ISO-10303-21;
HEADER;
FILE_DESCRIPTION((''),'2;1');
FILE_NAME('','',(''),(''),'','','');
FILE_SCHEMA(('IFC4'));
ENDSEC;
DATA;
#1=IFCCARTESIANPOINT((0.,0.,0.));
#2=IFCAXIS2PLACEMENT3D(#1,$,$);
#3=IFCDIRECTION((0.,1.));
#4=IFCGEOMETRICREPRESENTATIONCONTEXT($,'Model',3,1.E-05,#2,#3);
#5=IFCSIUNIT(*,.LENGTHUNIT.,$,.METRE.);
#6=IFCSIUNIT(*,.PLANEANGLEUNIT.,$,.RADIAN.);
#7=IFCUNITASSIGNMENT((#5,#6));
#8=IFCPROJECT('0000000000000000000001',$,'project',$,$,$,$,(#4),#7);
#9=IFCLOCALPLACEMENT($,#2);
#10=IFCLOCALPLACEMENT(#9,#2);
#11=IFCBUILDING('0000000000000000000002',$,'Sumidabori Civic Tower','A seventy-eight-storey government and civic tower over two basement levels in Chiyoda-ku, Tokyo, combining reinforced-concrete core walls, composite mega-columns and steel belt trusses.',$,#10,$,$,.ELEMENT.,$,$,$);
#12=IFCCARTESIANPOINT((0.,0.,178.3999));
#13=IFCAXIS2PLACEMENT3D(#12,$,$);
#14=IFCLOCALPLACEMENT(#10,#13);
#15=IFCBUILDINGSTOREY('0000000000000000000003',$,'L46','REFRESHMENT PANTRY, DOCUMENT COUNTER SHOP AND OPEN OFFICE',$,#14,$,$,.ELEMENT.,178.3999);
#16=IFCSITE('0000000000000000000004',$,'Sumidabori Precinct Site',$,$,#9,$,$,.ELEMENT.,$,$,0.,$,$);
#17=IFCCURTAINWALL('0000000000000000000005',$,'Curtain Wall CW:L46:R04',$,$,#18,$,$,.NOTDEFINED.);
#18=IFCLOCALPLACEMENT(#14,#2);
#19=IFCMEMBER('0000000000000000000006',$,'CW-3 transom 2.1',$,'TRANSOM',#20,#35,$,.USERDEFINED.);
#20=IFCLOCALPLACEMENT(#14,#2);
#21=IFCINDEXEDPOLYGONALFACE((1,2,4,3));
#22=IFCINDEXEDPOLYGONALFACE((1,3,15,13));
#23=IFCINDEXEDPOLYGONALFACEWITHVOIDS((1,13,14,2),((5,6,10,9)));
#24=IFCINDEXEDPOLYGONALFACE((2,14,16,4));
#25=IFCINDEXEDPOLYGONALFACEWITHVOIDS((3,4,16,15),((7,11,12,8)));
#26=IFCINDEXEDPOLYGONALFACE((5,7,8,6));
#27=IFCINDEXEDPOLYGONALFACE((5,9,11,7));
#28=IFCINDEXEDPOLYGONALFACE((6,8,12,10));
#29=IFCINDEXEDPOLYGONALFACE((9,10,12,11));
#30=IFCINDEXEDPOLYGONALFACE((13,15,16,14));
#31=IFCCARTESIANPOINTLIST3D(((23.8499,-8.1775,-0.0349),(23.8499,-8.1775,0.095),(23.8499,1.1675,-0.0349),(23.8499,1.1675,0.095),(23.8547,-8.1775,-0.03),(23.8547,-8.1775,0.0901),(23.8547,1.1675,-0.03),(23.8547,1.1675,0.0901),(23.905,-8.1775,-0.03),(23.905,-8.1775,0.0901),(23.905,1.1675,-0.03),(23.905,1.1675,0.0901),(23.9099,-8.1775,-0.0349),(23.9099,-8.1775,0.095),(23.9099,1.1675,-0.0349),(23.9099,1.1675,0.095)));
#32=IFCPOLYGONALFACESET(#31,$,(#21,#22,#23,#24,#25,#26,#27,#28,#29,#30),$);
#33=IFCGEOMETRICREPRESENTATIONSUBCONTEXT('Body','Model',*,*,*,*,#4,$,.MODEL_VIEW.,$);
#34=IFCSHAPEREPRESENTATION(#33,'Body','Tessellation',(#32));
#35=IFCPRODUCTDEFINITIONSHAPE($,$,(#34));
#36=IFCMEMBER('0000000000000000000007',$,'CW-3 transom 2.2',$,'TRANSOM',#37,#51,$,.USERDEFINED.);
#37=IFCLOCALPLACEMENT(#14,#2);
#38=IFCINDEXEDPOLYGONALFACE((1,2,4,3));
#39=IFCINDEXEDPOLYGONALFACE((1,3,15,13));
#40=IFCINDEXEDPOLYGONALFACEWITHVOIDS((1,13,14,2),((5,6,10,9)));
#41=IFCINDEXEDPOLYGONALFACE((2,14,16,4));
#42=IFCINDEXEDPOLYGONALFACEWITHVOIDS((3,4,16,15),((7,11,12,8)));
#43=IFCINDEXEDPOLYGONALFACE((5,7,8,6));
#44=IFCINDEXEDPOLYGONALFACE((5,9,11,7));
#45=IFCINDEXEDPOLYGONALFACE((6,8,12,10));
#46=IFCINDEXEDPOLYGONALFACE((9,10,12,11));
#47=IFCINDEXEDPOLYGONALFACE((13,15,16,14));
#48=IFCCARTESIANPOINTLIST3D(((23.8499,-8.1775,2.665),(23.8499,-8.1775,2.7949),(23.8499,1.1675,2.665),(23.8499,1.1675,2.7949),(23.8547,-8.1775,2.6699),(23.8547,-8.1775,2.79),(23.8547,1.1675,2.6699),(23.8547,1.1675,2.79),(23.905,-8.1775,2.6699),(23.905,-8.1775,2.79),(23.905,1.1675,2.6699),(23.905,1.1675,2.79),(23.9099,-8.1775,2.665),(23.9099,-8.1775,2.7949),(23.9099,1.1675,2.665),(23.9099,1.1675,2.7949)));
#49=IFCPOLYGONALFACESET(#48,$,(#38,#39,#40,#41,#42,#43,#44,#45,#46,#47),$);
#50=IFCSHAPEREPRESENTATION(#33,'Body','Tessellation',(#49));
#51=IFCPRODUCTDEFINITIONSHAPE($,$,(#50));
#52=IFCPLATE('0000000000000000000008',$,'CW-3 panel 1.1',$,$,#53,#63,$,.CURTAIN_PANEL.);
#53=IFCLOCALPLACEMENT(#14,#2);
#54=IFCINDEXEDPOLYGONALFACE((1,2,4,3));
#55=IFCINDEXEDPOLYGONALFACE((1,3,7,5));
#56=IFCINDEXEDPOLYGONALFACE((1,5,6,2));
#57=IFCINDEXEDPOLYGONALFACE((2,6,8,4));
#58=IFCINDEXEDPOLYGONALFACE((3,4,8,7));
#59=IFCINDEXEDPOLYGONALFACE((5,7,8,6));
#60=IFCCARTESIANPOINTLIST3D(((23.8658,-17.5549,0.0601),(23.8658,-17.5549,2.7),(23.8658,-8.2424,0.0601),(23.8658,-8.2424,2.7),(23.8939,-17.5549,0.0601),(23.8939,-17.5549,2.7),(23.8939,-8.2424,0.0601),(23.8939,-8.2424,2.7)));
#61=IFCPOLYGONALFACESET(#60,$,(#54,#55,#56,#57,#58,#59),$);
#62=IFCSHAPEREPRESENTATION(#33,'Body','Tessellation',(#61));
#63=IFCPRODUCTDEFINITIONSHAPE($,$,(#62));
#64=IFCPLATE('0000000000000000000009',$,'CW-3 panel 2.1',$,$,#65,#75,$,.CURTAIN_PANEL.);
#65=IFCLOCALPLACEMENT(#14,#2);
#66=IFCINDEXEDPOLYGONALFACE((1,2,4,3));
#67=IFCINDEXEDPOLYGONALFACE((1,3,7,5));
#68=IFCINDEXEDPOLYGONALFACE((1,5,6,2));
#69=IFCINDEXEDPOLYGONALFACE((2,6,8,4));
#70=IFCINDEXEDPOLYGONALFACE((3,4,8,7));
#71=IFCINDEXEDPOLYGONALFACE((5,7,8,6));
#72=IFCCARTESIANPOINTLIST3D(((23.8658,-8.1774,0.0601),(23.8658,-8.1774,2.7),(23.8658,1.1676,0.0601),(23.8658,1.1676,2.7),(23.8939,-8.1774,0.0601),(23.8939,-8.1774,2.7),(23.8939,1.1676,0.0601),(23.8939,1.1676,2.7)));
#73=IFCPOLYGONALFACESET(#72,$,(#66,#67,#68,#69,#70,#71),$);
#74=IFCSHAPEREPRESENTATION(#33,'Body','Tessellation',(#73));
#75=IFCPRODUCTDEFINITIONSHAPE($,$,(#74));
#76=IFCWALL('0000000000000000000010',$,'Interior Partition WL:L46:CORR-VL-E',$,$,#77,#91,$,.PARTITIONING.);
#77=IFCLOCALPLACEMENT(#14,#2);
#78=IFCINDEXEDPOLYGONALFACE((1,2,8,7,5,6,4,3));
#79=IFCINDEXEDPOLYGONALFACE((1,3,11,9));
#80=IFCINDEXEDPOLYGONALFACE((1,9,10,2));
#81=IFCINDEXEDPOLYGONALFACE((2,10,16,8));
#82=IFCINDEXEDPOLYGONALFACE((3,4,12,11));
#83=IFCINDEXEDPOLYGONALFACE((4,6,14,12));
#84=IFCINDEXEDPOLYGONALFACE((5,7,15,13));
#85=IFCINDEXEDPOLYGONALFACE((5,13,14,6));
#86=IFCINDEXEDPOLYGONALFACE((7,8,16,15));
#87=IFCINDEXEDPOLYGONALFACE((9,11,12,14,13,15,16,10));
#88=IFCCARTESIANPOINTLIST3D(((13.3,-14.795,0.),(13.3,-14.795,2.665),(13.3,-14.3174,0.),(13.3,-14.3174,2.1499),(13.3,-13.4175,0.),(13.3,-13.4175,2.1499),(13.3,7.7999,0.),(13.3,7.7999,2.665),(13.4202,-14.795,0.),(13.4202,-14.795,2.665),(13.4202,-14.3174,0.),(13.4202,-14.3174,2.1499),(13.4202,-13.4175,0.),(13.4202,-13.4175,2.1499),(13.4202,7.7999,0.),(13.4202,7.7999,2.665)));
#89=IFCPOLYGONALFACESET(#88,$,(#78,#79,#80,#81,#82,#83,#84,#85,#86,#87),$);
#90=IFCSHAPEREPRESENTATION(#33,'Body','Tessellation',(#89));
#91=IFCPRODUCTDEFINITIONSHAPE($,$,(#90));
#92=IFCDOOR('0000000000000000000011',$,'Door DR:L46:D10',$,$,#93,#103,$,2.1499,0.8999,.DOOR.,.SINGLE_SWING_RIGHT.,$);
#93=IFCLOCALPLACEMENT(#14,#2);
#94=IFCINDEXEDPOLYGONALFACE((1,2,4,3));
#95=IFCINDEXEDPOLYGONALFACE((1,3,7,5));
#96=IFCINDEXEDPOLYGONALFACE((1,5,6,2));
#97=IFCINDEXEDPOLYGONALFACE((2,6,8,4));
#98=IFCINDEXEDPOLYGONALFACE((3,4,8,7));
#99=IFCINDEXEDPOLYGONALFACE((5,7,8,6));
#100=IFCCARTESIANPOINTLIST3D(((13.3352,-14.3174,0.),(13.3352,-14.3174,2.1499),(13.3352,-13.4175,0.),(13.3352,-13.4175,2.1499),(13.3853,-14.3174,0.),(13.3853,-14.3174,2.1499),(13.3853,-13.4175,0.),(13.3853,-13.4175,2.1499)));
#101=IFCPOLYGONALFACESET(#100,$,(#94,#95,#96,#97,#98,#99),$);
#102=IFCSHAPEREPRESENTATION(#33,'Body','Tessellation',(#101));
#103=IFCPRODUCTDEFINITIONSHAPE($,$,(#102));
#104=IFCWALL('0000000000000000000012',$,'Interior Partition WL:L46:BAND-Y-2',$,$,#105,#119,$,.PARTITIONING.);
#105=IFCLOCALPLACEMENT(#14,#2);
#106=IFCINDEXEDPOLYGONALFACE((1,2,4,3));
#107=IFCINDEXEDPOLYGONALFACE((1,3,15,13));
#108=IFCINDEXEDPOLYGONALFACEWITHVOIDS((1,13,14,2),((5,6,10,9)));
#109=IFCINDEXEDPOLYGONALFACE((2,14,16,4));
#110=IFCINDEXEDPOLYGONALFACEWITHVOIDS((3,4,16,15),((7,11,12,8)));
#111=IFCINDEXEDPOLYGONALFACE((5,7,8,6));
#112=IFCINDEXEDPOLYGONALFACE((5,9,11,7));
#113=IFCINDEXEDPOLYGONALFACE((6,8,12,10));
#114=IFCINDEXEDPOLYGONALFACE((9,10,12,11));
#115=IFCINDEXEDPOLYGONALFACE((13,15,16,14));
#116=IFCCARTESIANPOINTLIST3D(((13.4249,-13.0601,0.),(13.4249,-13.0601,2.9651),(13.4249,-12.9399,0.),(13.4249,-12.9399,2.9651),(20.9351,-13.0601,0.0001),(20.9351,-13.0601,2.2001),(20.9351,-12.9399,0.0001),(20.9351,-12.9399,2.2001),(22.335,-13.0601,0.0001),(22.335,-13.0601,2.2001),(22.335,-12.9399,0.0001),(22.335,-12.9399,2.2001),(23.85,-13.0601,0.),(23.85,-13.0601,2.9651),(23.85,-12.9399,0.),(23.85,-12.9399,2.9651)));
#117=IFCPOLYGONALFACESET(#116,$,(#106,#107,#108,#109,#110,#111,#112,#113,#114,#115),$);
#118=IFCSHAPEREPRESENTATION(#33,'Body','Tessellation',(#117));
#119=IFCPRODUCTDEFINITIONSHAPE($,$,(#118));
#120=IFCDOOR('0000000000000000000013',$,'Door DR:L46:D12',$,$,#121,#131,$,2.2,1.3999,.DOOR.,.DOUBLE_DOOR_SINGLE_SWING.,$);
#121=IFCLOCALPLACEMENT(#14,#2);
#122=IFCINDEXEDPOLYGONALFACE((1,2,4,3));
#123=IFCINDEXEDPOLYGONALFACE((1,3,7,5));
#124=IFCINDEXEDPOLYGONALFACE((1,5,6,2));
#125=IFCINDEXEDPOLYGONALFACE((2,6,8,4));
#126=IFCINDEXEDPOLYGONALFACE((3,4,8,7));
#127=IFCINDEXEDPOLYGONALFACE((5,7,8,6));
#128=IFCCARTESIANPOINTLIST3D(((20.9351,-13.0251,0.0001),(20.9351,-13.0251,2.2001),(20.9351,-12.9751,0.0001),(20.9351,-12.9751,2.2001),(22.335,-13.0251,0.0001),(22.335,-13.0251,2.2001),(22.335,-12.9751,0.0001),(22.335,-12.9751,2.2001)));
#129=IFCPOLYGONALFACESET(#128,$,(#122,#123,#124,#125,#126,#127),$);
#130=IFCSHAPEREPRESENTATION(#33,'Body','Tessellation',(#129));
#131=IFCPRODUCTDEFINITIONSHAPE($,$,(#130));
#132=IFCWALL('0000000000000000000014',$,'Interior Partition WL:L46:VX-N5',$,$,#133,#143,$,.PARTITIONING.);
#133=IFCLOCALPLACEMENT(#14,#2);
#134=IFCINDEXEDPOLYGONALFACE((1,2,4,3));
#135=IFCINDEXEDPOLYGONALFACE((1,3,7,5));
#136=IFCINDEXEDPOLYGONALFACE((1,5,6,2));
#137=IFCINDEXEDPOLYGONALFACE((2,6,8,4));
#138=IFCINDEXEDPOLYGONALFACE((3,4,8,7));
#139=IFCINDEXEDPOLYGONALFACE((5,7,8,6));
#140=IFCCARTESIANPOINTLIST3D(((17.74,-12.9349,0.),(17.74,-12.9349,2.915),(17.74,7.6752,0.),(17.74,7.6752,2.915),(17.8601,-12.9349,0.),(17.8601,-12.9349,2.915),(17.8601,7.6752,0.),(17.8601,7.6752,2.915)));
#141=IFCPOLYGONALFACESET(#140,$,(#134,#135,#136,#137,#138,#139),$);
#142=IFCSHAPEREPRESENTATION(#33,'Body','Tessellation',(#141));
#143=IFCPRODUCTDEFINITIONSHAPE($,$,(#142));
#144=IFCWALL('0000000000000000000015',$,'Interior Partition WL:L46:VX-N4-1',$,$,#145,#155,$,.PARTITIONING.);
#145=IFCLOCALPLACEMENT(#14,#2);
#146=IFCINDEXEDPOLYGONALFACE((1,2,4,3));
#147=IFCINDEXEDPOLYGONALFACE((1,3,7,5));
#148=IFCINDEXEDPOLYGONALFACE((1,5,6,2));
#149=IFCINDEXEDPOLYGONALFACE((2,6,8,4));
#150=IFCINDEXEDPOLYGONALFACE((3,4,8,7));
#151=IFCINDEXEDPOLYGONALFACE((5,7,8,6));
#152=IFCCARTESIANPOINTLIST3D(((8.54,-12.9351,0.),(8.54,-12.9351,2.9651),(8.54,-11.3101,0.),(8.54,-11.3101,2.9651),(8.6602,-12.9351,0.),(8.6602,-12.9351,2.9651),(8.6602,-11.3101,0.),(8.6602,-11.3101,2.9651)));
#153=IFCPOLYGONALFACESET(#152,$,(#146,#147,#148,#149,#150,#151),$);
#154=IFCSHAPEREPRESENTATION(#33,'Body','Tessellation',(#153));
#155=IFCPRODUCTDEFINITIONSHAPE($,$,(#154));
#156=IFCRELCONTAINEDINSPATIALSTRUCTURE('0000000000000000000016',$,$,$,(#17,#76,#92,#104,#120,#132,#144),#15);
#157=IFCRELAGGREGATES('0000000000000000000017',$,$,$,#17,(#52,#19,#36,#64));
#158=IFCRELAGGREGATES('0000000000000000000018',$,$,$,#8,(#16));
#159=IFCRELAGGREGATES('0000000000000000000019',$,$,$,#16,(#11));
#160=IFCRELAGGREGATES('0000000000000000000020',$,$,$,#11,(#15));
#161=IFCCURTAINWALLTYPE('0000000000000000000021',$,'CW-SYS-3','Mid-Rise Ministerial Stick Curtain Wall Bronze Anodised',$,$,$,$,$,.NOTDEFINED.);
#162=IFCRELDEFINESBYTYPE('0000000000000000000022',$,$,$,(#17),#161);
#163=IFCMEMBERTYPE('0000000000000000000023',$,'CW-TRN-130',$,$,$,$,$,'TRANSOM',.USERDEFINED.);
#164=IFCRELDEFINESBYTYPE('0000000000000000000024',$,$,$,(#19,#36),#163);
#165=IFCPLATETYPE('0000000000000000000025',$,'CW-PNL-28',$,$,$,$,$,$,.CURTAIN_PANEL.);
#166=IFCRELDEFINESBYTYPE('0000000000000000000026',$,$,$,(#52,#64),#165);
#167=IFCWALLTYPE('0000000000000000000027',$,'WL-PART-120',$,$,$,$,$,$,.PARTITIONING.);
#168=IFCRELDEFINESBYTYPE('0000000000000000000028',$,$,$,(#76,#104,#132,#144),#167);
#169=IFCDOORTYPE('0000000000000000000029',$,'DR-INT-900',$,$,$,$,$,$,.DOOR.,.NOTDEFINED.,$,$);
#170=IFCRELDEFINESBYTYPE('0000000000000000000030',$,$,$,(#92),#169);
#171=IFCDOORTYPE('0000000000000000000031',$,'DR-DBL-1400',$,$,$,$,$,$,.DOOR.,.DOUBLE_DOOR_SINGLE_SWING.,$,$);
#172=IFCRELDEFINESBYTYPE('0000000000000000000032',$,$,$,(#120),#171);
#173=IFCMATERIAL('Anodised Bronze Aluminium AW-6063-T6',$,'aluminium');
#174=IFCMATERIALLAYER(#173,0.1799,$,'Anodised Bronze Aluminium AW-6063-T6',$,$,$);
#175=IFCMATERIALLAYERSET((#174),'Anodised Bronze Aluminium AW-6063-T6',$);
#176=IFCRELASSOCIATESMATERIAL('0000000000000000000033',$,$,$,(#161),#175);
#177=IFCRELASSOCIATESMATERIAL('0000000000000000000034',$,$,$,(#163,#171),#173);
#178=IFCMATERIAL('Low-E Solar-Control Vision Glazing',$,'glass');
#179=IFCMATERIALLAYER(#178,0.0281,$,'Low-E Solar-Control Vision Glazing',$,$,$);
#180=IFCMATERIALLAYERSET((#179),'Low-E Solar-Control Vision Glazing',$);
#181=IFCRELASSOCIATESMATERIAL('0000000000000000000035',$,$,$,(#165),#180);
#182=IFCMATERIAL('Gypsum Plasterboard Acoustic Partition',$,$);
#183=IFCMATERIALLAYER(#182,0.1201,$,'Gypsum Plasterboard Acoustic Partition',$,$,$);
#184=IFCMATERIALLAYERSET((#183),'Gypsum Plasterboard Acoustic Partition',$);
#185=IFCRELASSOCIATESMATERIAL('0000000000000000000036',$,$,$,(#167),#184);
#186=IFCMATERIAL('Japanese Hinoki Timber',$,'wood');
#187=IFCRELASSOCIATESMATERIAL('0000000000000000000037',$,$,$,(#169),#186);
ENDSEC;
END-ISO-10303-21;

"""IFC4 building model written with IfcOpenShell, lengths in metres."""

from ifc_helpers import new_model, si_unit, direction, frame, frame_2d, origin, origin_2d, place, context, subcontext, project, spatial, rectangle, hollow_rectangle, extrude, source, transform, mapped, material, layer, layer_set, material_profile, profile_set, type_object, element, fill, aggregate, save


model = new_model("IFC4")

# Units and contexts
model_context = context("Model", 3, precision=1e-05, world=origin(), true_north=direction((0.0, 1.0)))
body_context = subcontext(model_context, "Body", "Model", "MODEL_VIEW")
ifc_project = project(units=[si_unit("LENGTHUNIT", "METRE"), si_unit("PLANEANGLEUNIT", "RADIAN")], contexts=[model_context])

# Site, building, storey
site_placement = place(None, origin())
site = spatial("IfcSite", under=ifc_project, at=site_placement, Name="Sumidabori Precinct Site", CompositionType="ELEMENT", RefElevation=0.0)
building_placement = place(site_placement, origin())
building = spatial("IfcBuilding", under=site, at=building_placement, Name="Sumidabori Civic Tower", Description="A seventy-eight-storey government and civic tower over two basement levels in Chiyoda-ku, Tokyo, combining reinforced-concrete core walls, composite mega-columns and steel belt trusses.", CompositionType="ELEMENT")
storey_placement = place(building_placement, frame((0.0, 0.0, 178.3999)))
storey = spatial("IfcBuildingStorey", under=building, at=storey_placement, Name="L46", Description="REFRESHMENT PANTRY, DOCUMENT COUNTER SHOP AND OPEN OFFICE", CompositionType="ELEMENT", Elevation=178.3999)

# Curtain wall, members, plates
ifc_material_1 = material(Name="Anodised Bronze Aluminium AW-6063-T6", Category="aluminium")
ifc_layer_1 = layer(ifc_material_1, 0.1799, Name="Anodised Bronze Aluminium AW-6063-T6")
ifc_layer_set_1 = layer_set([ifc_layer_1], Name="Anodised Bronze Aluminium AW-6063-T6")
curtain_wall_type = type_object("IfcCurtainWallType", Name="CW-SYS-3", Description="Mid-Rise Ministerial Stick Curtain Wall Bronze Anodised", PredefinedType="NOTDEFINED", material=ifc_layer_set_1)
curtain_wall_placement = place(storey_placement, origin())
curtain_wall = element("IfcCurtainWall", 1, at=curtain_wall_placement, inside=storey, type_object=curtain_wall_type, Name="Curtain Wall CW:L46:R04", PredefinedType="NOTDEFINED")
ifc_material_profile_1 = material_profile(ifc_material_1, hollow_rectangle(XDim=0.0601, YDim=0.1299, WallThickness=0.0049, at=origin_2d()), Name="ALU TRANSOM 130x60")
ifc_profile_set_1 = profile_set([ifc_material_profile_1], Name="Anodised Bronze Aluminium AW-6063-T6")
member_type_1 = type_object("IfcMemberType", Name="CW-TRN-130", ElementType="TRANSOM", PredefinedType="USERDEFINED", material=ifc_profile_set_1)
shared_shape_1 = source(origin(), body_context, "Body", "SweptSolid", [
    extrude(hollow_rectangle(XDim=0.0601, YDim=0.1299, WallThickness=0.0049, at=origin_2d()), origin(), (0.0, 0.0, 1.0), 9.345),
])
member_1_placement = place(storey_placement, frame((23.8799, -8.1775, 0.03), z_axis=(0.0, 1.0, 0.0), x_axis=(-1.0, 0.0, 0.0)))
member_1 = element("IfcMember", 2, at=member_1_placement, type_object=member_type_1, Name="CW-3 transom 2.1", ObjectType="TRANSOM", PredefinedType="USERDEFINED", context=body_context, shape_type="MappedRepresentation", body=[
    mapped(shared_shape_1, transform((0.0, 0.0, 0.0), x_axis=(1.0, 0.0, 0.0), y_axis=(0.0, 1.0, 0.0), z_axis=(0.0, 0.0, 1.0), scale=1.0)),
])
member_2_placement = place(storey_placement, frame((23.8799, -8.1775, 2.73), z_axis=(0.0, 1.0, 0.0), x_axis=(-1.0, 0.0, 0.0)))
member_2 = element("IfcMember", 3, at=member_2_placement, type_object=member_type_1, Name="CW-3 transom 2.2", ObjectType="TRANSOM", PredefinedType="USERDEFINED", context=body_context, shape_type="MappedRepresentation", body=[
    mapped(shared_shape_1, transform((0.0, 0.0, 0.0), x_axis=(1.0, 0.0, 0.0), y_axis=(0.0, 1.0, 0.0), z_axis=(0.0, 0.0, 1.0), scale=1.0)),
])
ifc_material_2 = material(Name="Low-E Solar-Control Vision Glazing", Category="glass")
ifc_layer_2 = layer(ifc_material_2, 0.0281, Name="Low-E Solar-Control Vision Glazing")
ifc_layer_set_2 = layer_set([ifc_layer_2], Name="Low-E Solar-Control Vision Glazing")
plate_type = type_object("IfcPlateType", Name="CW-PNL-28", PredefinedType="CURTAIN_PANEL", material=ifc_layer_set_2)
shared_shape_2 = source(origin(), body_context, "Body", "SweptSolid", [
    extrude(rectangle(XDim=9.3125, YDim=0.0281, at=origin_2d()), origin(), (0.0, 0.0, 1.0), 2.6399),
])
plate_1_placement = place(storey_placement, frame((23.8799, -12.8987, 0.0601), z_axis=(0.0, 0.0, 1.0), x_axis=(0.0, 1.0, 0.0)))
plate_1 = element("IfcPlate", 4, at=plate_1_placement, type_object=plate_type, Name="CW-3 panel 1.1", PredefinedType="CURTAIN_PANEL", context=body_context, shape_type="MappedRepresentation", body=[
    mapped(shared_shape_2, transform((0.0, 0.0, 0.0), x_axis=(1.0, 0.0, 0.0), y_axis=(0.0, 1.0, 0.0), z_axis=(0.0, 0.0, 1.0), scale=1.0)),
])
shared_shape_3 = source(origin(), body_context, "Body", "SweptSolid", [
    extrude(rectangle(XDim=9.345, YDim=0.0281, at=origin_2d()), origin(), (0.0, 0.0, 1.0), 2.6399),
])
plate_2_placement = place(storey_placement, frame((23.8799, -3.5049, 0.0601), z_axis=(0.0, 0.0, 1.0), x_axis=(0.0, 1.0, 0.0)))
plate_2 = element("IfcPlate", 5, at=plate_2_placement, type_object=plate_type, Name="CW-3 panel 2.1", PredefinedType="CURTAIN_PANEL", context=body_context, shape_type="MappedRepresentation", body=[
    mapped(shared_shape_3, transform((0.0, 0.0, 0.0), x_axis=(1.0, 0.0, 0.0), y_axis=(0.0, 1.0, 0.0), z_axis=(0.0, 0.0, 1.0), scale=1.0)),
])
aggregate(curtain_wall, [plate_1, member_1, member_2, plate_2])

# Walls, openings, doors
ifc_material_3 = material(Name="Gypsum Plasterboard Acoustic Partition")
ifc_layer_3 = layer(ifc_material_3, 0.1201, Name="Gypsum Plasterboard Acoustic Partition")
ifc_layer_set_3 = layer_set([ifc_layer_3], Name="Gypsum Plasterboard Acoustic Partition")
wall_type = type_object("IfcWallType", Name="WL-PART-120", PredefinedType="PARTITIONING", material=ifc_layer_set_3)
shared_shape_4 = source(origin(), body_context, "Body", "SweptSolid", [
    extrude(rectangle(XDim=22.595, YDim=0.1201, at=frame_2d((11.2974, 0.0))), origin(), (0.0, 0.0, 1.0), 2.665),
])
wall_1_placement = place(storey_placement, frame((13.3601, -14.7949, 0.0), z_axis=(0.0, 0.0, 1.0), x_axis=(0.0, 1.0, 0.0)))
wall_1 = element("IfcWall", 6, at=wall_1_placement, inside=storey, type_object=wall_type, Name="Interior Partition WL:L46:CORR-VL-E", PredefinedType="PARTITIONING", context=body_context, shape_type="MappedRepresentation", body=[
    mapped(shared_shape_4, transform((0.0, 0.0, 0.0), x_axis=(1.0, 0.0, 0.0), y_axis=(0.0, 1.0, 0.0), z_axis=(0.0, 0.0, 1.0), scale=1.0)),
])
opening_1_placement = place(wall_1_placement, frame((0.4775, 0.0, 0.0)))
opening_1 = element("IfcOpeningElement", 7, at=opening_1_placement, cuts=wall_1, PredefinedType="OPENING", context=body_context, shape_type="SweptSolid", body=[
    extrude(rectangle(XDim=0.8999, YDim=2.1499, at=frame_2d((0.45, 1.075))), frame((0.0, 0.072, 0.0), z_axis=(0.0, -1.0, 0.0), x_axis=(1.0, 0.0, 0.0)), (0.0, 0.0, 1.0), 0.144),
])
ifc_material_4 = material(Name="Japanese Hinoki Timber", Category="wood")
door_type_1 = type_object("IfcDoorType", Name="DR-INT-900", OperationType="NOTDEFINED", PredefinedType="DOOR", material=ifc_material_4)
shared_shape_5 = source(origin(), body_context, "Body", "SweptSolid", [
    extrude(rectangle(XDim=0.8999, YDim=2.1499, at=frame_2d((0.45, 1.075))), frame((0.0, 0.0249, 0.0), z_axis=(0.0, -1.0, 0.0), x_axis=(1.0, 0.0, 0.0)), (0.0, 0.0, 1.0), 0.05),
])
door_1_placement = place(opening_1_placement, origin())
door_1 = element("IfcDoor", 8, at=door_1_placement, inside=storey, type_object=door_type_1, Name="Door DR:L46:D10", OperationType="SINGLE_SWING_RIGHT", OverallHeight=2.1499, OverallWidth=0.8999, PredefinedType="DOOR", context=body_context, shape_type="MappedRepresentation", body=[
    mapped(shared_shape_5, transform((0.0, 0.0, 0.0), x_axis=(1.0, 0.0, 0.0), y_axis=(0.0, 1.0, 0.0), z_axis=(0.0, 0.0, 1.0), scale=1.0)),
])
fill(opening_1, door_1)
shared_shape_6 = source(origin(), body_context, "Body", "SweptSolid", [
    extrude(rectangle(XDim=10.425, YDim=0.1201, at=frame_2d((5.2124, 0.0))), origin(), (0.0, 0.0, 1.0), 2.9651),
])
wall_2_placement = place(storey_placement, frame((13.425, -13.0, 0.0), z_axis=(0.0, 0.0, 1.0), x_axis=(1.0, 0.0, 0.0)))
wall_2 = element("IfcWall", 9, at=wall_2_placement, inside=storey, type_object=wall_type, Name="Interior Partition WL:L46:BAND-Y-2", PredefinedType="PARTITIONING", context=body_context, shape_type="MappedRepresentation", body=[
    mapped(shared_shape_6, transform((0.0, 0.0, 0.0), x_axis=(1.0, 0.0, 0.0), y_axis=(0.0, 1.0, 0.0), z_axis=(0.0, 0.0, 1.0), scale=1.0)),
])
opening_2_placement = place(wall_2_placement, frame((7.51, 0.0, 0.0)))
opening_2 = element("IfcOpeningElement", 10, at=opening_2_placement, cuts=wall_2, PredefinedType="OPENING", context=body_context, shape_type="SweptSolid", body=[
    extrude(rectangle(XDim=1.3999, YDim=2.2, at=frame_2d((0.7, 1.1001))), frame((0.0, 0.072, 0.0), z_axis=(0.0, -1.0, 0.0), x_axis=(1.0, 0.0, 0.0)), (0.0, 0.0, 1.0), 0.144),
])
door_type_2 = type_object("IfcDoorType", Name="DR-DBL-1400", OperationType="DOUBLE_DOOR_SINGLE_SWING", PredefinedType="DOOR", material=ifc_material_1)
shared_shape_7 = source(origin(), body_context, "Body", "SweptSolid", [
    extrude(rectangle(XDim=1.3999, YDim=2.2, at=frame_2d((0.7, 1.1001))), frame((0.0, 0.0249, 0.0), z_axis=(0.0, -1.0, 0.0), x_axis=(1.0, 0.0, 0.0)), (0.0, 0.0, 1.0), 0.05),
])
door_2_placement = place(opening_2_placement, origin())
door_2 = element("IfcDoor", 11, at=door_2_placement, inside=storey, type_object=door_type_2, Name="Door DR:L46:D12", OperationType="DOUBLE_DOOR_SINGLE_SWING", OverallHeight=2.2, OverallWidth=1.3999, PredefinedType="DOOR", context=body_context, shape_type="MappedRepresentation", body=[
    mapped(shared_shape_7, transform((0.0, 0.0, 0.0), x_axis=(1.0, 0.0, 0.0), y_axis=(0.0, 1.0, 0.0), z_axis=(0.0, 0.0, 1.0), scale=1.0)),
])
fill(opening_2, door_2)

# Walls
shared_shape_8 = source(origin(), body_context, "Body", "SweptSolid", [
    extrude(rectangle(XDim=20.6101, YDim=0.1201, at=frame_2d((10.3052, 0.0))), origin(), (0.0, 0.0, 1.0), 2.915),
])
wall_3_placement = place(storey_placement, frame((17.8, -12.9351, 0.0), z_axis=(0.0, 0.0, 1.0), x_axis=(0.0, 1.0, 0.0)))
element("IfcWall", 12, at=wall_3_placement, inside=storey, type_object=wall_type, Name="Interior Partition WL:L46:VX-N5", PredefinedType="PARTITIONING", context=body_context, shape_type="MappedRepresentation", body=[
    mapped(shared_shape_8, transform((0.0, 0.0, 0.0), x_axis=(1.0, 0.0, 0.0), y_axis=(0.0, 1.0, 0.0), z_axis=(0.0, 0.0, 1.0), scale=1.0)),
])
shared_shape_9 = source(origin(), body_context, "Body", "SweptSolid", [
    extrude(rectangle(XDim=1.625, YDim=0.1201, at=frame_2d((0.8125, 0.0))), origin(), (0.0, 0.0, 1.0), 2.9651),
])
wall_4_placement = place(storey_placement, frame((8.6001, -12.9351, 0.0), z_axis=(0.0, 0.0, 1.0), x_axis=(0.0, 1.0, 0.0)))
element("IfcWall", 13, at=wall_4_placement, inside=storey, type_object=wall_type, Name="Interior Partition WL:L46:VX-N4-1", PredefinedType="PARTITIONING", context=body_context, shape_type="MappedRepresentation", body=[
    mapped(shared_shape_9, transform((0.0, 0.0, 0.0), x_axis=(1.0, 0.0, 0.0), y_axis=(0.0, 1.0, 0.0), z_axis=(0.0, 0.0, 1.0), scale=1.0)),
])

save(model, "model.ifc")
